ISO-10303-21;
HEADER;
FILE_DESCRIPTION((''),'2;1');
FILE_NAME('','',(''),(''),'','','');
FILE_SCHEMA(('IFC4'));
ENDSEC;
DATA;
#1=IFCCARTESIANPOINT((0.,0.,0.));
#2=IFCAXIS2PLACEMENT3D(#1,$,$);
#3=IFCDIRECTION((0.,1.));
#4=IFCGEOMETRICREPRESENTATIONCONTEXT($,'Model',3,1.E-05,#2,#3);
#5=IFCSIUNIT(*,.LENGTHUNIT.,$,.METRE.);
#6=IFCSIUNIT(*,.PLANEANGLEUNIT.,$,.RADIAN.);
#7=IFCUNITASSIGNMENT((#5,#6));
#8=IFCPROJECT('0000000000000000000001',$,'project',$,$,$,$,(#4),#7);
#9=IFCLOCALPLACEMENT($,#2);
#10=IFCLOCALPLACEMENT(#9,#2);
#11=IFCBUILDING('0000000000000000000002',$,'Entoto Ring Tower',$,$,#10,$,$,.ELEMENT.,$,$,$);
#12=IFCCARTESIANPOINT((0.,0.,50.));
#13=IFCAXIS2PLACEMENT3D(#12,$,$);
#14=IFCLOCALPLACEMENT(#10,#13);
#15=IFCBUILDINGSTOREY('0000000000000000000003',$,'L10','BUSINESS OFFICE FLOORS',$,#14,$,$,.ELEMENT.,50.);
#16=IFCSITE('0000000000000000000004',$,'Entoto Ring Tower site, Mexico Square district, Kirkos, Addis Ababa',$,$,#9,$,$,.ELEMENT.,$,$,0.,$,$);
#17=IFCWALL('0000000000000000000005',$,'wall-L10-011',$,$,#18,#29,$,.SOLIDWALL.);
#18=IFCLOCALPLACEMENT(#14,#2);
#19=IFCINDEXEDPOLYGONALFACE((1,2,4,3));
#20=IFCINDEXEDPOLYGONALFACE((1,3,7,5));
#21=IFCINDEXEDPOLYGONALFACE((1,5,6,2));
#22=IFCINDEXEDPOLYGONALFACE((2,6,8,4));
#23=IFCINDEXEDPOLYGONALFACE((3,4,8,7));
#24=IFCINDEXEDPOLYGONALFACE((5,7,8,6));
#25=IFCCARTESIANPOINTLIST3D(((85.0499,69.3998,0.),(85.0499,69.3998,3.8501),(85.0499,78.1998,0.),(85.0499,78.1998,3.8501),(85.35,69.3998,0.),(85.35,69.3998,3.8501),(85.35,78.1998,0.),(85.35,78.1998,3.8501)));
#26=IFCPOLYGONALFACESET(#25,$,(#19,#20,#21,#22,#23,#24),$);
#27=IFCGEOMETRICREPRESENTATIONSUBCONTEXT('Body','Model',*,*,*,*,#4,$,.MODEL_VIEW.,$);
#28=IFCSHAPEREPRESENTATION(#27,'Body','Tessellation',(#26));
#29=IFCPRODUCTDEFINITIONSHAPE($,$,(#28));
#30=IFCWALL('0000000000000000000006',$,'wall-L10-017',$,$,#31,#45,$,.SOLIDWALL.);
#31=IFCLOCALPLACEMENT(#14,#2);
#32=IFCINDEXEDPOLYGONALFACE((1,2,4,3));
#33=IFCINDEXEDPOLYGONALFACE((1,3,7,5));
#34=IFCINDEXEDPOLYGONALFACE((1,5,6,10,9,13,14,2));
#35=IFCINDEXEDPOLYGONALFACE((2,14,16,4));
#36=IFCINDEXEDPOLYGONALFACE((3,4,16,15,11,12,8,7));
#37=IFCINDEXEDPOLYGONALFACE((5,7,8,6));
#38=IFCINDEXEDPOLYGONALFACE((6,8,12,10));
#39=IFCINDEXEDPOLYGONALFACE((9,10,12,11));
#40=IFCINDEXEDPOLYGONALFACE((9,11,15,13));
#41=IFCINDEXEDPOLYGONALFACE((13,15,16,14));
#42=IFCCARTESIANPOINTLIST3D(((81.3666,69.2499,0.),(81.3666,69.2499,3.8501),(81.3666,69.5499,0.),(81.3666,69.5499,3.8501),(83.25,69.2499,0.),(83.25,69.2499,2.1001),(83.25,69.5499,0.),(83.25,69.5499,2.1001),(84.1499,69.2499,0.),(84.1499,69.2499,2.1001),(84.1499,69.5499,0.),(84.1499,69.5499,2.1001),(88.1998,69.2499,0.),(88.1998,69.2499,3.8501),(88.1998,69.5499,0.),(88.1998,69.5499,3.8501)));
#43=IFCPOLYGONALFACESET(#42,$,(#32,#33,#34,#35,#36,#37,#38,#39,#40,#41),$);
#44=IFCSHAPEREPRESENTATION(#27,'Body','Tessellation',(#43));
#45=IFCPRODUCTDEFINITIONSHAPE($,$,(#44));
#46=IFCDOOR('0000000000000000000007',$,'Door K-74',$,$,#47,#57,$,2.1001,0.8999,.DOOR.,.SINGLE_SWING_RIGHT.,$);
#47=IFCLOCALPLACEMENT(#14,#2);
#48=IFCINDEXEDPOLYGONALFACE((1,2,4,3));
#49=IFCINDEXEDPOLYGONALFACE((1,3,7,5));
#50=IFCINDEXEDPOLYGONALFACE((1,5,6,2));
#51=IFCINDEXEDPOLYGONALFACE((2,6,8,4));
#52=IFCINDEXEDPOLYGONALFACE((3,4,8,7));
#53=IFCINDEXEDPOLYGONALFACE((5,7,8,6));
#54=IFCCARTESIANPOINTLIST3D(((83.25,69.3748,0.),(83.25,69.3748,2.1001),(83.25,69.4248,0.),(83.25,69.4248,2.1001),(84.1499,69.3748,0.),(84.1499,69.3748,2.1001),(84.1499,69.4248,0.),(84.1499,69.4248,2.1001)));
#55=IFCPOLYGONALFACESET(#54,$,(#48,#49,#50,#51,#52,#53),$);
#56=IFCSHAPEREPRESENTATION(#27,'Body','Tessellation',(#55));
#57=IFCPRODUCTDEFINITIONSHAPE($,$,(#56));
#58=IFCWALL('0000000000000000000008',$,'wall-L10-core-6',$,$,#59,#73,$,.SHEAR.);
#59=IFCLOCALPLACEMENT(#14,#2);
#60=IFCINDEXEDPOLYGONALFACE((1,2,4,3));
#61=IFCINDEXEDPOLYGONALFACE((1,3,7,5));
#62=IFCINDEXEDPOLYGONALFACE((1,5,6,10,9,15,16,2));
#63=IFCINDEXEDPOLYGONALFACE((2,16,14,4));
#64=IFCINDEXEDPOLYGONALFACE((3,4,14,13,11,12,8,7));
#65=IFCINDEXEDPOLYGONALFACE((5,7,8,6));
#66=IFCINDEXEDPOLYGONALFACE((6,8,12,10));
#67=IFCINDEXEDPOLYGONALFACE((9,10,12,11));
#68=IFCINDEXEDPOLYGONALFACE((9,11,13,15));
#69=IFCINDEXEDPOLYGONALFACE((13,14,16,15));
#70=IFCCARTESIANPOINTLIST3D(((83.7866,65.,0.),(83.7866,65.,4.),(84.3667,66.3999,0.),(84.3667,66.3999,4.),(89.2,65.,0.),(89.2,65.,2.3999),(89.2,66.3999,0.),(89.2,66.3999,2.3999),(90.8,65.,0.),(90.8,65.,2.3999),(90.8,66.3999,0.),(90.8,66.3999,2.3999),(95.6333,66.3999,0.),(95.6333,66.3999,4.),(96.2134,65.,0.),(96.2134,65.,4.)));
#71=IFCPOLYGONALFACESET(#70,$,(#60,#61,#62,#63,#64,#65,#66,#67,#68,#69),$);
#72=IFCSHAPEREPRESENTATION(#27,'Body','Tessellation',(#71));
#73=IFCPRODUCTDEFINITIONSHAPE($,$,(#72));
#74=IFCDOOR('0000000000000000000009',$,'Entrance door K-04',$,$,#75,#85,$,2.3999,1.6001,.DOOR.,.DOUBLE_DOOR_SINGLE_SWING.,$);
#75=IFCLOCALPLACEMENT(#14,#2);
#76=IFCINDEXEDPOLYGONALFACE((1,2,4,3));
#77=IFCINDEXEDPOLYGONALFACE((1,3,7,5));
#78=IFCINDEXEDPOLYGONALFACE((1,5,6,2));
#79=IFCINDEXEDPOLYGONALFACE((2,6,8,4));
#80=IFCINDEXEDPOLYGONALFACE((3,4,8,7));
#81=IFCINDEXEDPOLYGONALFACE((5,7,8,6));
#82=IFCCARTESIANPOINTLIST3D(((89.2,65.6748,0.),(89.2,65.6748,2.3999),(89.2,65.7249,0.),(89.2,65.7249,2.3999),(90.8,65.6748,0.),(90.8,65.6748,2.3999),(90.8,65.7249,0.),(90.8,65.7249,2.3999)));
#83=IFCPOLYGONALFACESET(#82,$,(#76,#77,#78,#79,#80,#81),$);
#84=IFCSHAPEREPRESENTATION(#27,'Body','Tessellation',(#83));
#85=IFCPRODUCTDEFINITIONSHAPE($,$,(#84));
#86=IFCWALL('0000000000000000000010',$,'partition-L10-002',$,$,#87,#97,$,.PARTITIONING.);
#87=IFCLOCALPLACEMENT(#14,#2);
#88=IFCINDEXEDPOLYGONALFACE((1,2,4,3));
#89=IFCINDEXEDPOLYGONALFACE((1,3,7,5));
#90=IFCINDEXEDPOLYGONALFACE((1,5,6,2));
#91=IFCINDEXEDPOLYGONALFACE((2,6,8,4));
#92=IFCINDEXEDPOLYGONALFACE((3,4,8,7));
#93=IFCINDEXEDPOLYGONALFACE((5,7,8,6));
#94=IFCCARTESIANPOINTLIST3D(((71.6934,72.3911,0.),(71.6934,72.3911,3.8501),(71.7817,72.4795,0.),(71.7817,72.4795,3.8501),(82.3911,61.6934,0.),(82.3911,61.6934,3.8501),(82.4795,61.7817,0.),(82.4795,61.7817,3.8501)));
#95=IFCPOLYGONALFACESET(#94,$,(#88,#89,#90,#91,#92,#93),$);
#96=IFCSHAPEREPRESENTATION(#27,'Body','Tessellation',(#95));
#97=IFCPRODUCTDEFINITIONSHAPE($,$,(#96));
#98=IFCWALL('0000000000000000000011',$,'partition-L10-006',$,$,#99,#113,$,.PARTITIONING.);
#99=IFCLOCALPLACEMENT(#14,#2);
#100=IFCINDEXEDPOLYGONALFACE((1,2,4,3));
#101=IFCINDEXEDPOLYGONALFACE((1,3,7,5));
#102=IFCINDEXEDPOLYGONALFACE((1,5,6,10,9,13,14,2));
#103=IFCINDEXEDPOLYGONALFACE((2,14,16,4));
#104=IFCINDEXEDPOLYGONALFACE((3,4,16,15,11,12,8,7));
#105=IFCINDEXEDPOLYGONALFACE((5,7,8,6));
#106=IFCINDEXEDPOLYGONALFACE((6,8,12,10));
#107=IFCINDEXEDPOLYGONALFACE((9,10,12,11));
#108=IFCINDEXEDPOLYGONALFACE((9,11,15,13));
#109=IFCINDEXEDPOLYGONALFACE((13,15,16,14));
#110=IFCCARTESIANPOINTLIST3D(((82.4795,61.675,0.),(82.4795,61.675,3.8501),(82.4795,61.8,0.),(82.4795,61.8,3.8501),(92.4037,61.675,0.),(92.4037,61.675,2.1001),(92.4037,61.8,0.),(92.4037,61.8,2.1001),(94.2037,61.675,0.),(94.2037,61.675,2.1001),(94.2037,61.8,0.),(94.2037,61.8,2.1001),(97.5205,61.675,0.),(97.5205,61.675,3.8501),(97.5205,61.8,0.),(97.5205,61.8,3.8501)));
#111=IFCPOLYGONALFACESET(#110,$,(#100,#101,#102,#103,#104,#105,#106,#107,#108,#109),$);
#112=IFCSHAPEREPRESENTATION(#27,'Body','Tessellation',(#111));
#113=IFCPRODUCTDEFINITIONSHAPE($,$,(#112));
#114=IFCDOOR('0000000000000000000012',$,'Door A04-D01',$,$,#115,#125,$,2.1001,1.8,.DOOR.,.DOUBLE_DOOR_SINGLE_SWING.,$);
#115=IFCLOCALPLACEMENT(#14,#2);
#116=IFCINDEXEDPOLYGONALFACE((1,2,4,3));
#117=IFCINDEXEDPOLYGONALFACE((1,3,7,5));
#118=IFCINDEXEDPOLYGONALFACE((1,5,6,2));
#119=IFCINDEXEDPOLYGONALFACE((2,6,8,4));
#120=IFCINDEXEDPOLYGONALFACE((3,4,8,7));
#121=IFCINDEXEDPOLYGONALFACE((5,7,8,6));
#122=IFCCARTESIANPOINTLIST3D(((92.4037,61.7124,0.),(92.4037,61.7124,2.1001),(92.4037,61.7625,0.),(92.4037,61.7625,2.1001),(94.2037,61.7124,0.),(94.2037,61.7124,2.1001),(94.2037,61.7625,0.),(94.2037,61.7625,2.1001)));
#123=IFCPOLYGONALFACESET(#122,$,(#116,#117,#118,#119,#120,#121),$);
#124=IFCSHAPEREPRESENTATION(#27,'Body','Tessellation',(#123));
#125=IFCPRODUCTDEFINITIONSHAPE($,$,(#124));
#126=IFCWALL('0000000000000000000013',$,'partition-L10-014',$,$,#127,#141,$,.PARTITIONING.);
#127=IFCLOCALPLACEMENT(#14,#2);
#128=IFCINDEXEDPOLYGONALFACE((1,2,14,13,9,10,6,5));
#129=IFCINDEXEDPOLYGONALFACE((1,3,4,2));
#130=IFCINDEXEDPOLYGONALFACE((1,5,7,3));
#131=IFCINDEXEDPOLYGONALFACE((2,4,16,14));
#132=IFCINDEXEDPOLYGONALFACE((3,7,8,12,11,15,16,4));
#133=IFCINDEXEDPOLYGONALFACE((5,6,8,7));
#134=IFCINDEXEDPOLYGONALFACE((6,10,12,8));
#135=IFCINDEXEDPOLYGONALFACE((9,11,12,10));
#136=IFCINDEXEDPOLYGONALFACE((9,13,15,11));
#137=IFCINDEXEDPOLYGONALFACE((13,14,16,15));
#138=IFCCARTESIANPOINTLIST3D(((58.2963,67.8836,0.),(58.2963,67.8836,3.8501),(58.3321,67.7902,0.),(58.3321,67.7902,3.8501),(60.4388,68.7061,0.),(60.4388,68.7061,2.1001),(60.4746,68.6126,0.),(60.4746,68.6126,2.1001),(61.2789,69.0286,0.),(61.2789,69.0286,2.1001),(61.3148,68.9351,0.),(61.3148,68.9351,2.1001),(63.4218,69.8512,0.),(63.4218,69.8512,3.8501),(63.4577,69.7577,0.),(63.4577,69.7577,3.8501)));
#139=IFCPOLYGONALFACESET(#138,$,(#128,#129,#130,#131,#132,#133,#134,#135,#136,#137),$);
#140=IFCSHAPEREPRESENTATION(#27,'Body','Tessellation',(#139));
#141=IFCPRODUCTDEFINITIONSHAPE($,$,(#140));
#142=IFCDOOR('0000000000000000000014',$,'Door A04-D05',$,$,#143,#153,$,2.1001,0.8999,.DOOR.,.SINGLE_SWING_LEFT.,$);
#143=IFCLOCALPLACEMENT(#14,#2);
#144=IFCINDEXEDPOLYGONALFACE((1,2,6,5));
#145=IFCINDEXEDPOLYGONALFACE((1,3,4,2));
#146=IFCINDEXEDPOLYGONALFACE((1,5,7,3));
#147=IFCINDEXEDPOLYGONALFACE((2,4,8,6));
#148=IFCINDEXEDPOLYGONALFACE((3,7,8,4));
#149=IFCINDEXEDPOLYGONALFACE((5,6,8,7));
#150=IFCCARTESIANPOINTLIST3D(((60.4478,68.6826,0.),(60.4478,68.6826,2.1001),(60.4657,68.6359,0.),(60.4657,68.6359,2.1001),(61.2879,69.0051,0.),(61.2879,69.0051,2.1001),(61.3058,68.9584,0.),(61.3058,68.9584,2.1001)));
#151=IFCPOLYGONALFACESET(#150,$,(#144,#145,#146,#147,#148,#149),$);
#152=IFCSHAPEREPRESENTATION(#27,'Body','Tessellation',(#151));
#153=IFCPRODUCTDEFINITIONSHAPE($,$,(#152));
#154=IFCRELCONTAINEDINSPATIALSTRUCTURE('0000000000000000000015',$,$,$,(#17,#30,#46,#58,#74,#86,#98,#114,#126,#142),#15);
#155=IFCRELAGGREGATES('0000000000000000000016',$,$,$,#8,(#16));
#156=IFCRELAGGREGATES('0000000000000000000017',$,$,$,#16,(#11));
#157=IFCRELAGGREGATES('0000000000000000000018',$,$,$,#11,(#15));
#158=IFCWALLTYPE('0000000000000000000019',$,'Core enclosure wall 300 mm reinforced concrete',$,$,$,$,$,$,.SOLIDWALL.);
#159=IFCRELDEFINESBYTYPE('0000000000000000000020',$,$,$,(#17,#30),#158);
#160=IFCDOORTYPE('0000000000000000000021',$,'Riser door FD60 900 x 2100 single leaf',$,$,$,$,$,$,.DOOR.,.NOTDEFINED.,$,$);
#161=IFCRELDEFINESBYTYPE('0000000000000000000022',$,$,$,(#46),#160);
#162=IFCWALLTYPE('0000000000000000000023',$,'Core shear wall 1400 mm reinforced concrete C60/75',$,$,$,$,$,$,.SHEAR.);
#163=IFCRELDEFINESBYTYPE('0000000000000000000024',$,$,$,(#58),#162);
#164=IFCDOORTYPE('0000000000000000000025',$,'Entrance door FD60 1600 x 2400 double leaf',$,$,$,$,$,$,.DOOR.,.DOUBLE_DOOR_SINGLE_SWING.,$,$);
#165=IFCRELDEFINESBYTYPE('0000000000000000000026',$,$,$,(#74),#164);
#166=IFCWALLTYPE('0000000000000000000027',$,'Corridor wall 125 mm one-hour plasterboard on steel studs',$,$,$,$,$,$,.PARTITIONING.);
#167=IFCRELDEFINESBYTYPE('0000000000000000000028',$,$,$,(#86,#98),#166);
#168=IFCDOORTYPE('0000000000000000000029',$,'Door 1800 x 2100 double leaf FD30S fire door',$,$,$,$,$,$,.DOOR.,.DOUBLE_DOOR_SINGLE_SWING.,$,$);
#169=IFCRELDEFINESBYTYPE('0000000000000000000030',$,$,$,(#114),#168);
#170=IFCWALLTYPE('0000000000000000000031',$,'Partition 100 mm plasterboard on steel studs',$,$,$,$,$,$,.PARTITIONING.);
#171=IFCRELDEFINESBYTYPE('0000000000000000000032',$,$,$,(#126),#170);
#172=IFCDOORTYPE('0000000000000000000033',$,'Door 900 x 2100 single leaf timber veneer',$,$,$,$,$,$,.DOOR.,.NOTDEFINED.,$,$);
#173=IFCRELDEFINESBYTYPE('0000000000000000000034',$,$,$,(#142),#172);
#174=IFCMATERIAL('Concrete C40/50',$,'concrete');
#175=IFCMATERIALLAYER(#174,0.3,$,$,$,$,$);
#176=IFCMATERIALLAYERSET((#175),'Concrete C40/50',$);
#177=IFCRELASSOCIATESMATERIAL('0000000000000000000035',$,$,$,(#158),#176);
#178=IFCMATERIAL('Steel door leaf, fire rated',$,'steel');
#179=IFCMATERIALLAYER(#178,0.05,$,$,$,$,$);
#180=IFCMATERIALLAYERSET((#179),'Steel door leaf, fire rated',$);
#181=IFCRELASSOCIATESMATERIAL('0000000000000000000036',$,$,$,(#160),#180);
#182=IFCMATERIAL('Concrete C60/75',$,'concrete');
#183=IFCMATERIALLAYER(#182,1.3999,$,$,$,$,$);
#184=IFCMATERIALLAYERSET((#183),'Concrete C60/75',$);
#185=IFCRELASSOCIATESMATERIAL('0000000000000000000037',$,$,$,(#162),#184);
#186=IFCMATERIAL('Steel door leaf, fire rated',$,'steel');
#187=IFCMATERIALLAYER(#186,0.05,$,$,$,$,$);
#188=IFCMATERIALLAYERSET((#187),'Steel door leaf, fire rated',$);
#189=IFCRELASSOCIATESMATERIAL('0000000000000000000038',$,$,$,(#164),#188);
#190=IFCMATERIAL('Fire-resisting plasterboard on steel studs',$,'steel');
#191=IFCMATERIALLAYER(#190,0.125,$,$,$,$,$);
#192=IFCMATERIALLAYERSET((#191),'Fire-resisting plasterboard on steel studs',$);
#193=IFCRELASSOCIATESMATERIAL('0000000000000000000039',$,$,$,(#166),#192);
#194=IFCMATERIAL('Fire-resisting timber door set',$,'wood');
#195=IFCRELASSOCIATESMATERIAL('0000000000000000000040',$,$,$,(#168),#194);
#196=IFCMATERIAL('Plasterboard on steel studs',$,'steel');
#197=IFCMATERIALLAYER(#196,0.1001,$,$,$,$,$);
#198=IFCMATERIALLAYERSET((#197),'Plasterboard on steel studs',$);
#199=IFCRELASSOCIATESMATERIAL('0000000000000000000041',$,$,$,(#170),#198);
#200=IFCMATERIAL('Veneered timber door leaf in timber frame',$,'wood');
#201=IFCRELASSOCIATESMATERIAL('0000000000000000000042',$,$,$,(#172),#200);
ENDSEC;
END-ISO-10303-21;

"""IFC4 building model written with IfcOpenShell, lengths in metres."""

from ifc_helpers import new_model, si_unit, direction, frame, frame_2d, origin, place, context, subcontext, project, spatial, polyline, rectangle, outline, extrude, material, layer, layer_set, type_object, element, fill, save


model = new_model("IFC4")

# Units and contexts
model_context = context("Model", 3, precision=1e-05, world=origin(), true_north=direction((0.0, 1.0)))
body_context = subcontext(model_context, "Body", "Model", "MODEL_VIEW")
ifc_project = project(units=[si_unit("LENGTHUNIT", "METRE"), si_unit("PLANEANGLEUNIT", "RADIAN")], contexts=[model_context])

# Site, building, storey
site_placement = place(None, origin())
site = spatial("IfcSite", under=ifc_project, at=site_placement, Name="Entoto Ring Tower site, Mexico Square district, Kirkos, Addis Ababa", CompositionType="ELEMENT", RefElevation=0.0)
building_placement = place(site_placement, origin())
building = spatial("IfcBuilding", under=site, at=building_placement, Name="Entoto Ring Tower", CompositionType="ELEMENT")
storey_placement = place(building_placement, frame((0.0, 0.0, 50.0)))
storey = spatial("IfcBuildingStorey", under=building, at=storey_placement, Name="L10", Description="BUSINESS OFFICE FLOORS", CompositionType="ELEMENT", Elevation=50.0)

# Wall
ifc_material_1 = material(Name="Concrete C40/50", Category="concrete")
ifc_layer_1 = layer(ifc_material_1, 0.3)
ifc_layer_set_1 = layer_set([ifc_layer_1], Name="Concrete C40/50")
wall_type_1 = type_object("IfcWallType", Name="Core enclosure wall 300 mm reinforced concrete", PredefinedType="SOLIDWALL", material=ifc_layer_set_1)
wall_1_placement = place(storey_placement, frame((85.2, 69.3999, 0.0), z_axis=(0.0, 0.0, 1.0), x_axis=(0.0, 1.0, 0.0)))
element("IfcWall", 1, at=wall_1_placement, inside=storey, type_object=wall_type_1, Name="wall-L10-011", PredefinedType="SOLIDWALL", context=body_context, shape_type="SweptSolid", body=[
    extrude(rectangle(XDim=8.8, YDim=0.3, at=frame_2d((4.3999, 0.0))), origin(), (0.0, 0.0, 1.0), 3.8501),
])

# Walls, openings, doors
wall_2_placement = place(storey_placement, frame((81.3667, 69.3999, 0.0), z_axis=(0.0, 0.0, 1.0), x_axis=(1.0, 0.0, 0.0)))
wall_2 = element("IfcWall", 2, at=wall_2_placement, inside=storey, type_object=wall_type_1, Name="wall-L10-017", PredefinedType="SOLIDWALL", context=body_context, shape_type="SweptSolid", body=[
    extrude(rectangle(XDim=6.8333, YDim=0.3, at=frame_2d((3.4165, 0.0))), origin(), (0.0, 0.0, 1.0), 3.8501),
])
opening_1_placement = place(wall_2_placement, frame((1.8833, 0.0, 0.0)))
opening_1 = element("IfcOpeningElement", 3, at=opening_1_placement, cuts=wall_2, PredefinedType="OPENING", context=body_context, shape_type="SweptSolid", body=[
    extrude(rectangle(XDim=0.8999, YDim=2.1001, at=frame_2d((0.45, 1.05))), frame((0.0, 0.1602, 0.0), z_axis=(0.0, -1.0, 0.0), x_axis=(1.0, 0.0, 0.0)), (0.0, 0.0, 1.0), 0.3201),
])
ifc_material_2 = material(Name="Steel door leaf, fire rated", Category="steel")
ifc_layer_2 = layer(ifc_material_2, 0.05)
ifc_layer_set_2 = layer_set([ifc_layer_2], Name="Steel door leaf, fire rated")
door_type_1 = type_object("IfcDoorType", Name="Riser door FD60 900 x 2100 single leaf", OperationType="NOTDEFINED", PredefinedType="DOOR", material=ifc_layer_set_2)
door_1_placement = place(opening_1_placement, origin())
door_1 = element("IfcDoor", 4, at=door_1_placement, inside=storey, type_object=door_type_1, Name="Door K-74", OperationType="SINGLE_SWING_RIGHT", OverallHeight=2.1001, OverallWidth=0.8999, PredefinedType="DOOR", context=body_context, shape_type="SweptSolid", body=[
    extrude(rectangle(XDim=0.8999, YDim=2.1001, at=frame_2d((0.45, 1.05))), frame((0.0, 0.0249, 0.0), z_axis=(0.0, -1.0, 0.0), x_axis=(1.0, 0.0, 0.0)), (0.0, 0.0, 1.0), 0.05),
])
fill(opening_1, door_1)
ifc_material_3 = material(Name="Concrete C60/75", Category="concrete")
ifc_layer_3 = layer(ifc_material_3, 1.3999)
ifc_layer_set_3 = layer_set([ifc_layer_3], Name="Concrete C60/75")
wall_type_2 = type_object("IfcWallType", Name="Core shear wall 1400 mm reinforced concrete C60/75", PredefinedType="SHEAR", material=ifc_layer_set_3)
wall_3_placement = place(storey_placement, frame((84.0767, 65.7, 0.0), z_axis=(0.0, 0.0, 1.0), x_axis=(1.0, 0.0, 0.0)))
wall_3 = element("IfcWall", 5, at=wall_3_placement, inside=storey, type_object=wall_type_2, Name="wall-L10-core-6", PredefinedType="SHEAR", context=body_context, shape_type="SweptSolid", body=[
    extrude(outline(polyline([(-0.29, -0.7), (12.1367, -0.7), (11.5566, 0.7), (0.29, 0.7), (-0.29, -0.7)])), origin(), (0.0, 0.0, 1.0), 4.0),
])
opening_2_placement = place(wall_3_placement, frame((5.1233, 0.0, 0.0)))
opening_2 = element("IfcOpeningElement", 6, at=opening_2_placement, cuts=wall_3, PredefinedType="OPENING", context=body_context, shape_type="SweptSolid", body=[
    extrude(rectangle(XDim=1.6001, YDim=2.3999, at=frame_2d((0.8, 1.2))), frame((0.0, 0.71, 0.0), z_axis=(0.0, -1.0, 0.0), x_axis=(1.0, 0.0, 0.0)), (0.0, 0.0, 1.0), 1.4199),
])
ifc_material_4 = material(Name="Steel door leaf, fire rated", Category="steel")
ifc_layer_4 = layer(ifc_material_4, 0.05)
ifc_layer_set_4 = layer_set([ifc_layer_4], Name="Steel door leaf, fire rated")
door_type_2 = type_object("IfcDoorType", Name="Entrance door FD60 1600 x 2400 double leaf", OperationType="DOUBLE_DOOR_SINGLE_SWING", PredefinedType="DOOR", material=ifc_layer_set_4)
door_2_placement = place(opening_2_placement, origin())
door_2 = element("IfcDoor", 7, at=door_2_placement, inside=storey, type_object=door_type_2, Name="Entrance door K-04", OperationType="DOUBLE_DOOR_SINGLE_SWING", OverallHeight=2.3999, OverallWidth=1.6001, PredefinedType="DOOR", context=body_context, shape_type="SweptSolid", body=[
    extrude(rectangle(XDim=1.6001, YDim=2.3999, at=frame_2d((0.8, 1.2))), frame((0.0, 0.0249, 0.0), z_axis=(0.0, -1.0, 0.0), x_axis=(1.0, 0.0, 0.0)), (0.0, 0.0, 1.0), 0.05),
])
fill(opening_2, door_2)

# Wall
ifc_material_5 = material(Name="Fire-resisting plasterboard on steel studs", Category="steel")
ifc_layer_5 = layer(ifc_material_5, 0.125)
ifc_layer_set_5 = layer_set([ifc_layer_5], Name="Fire-resisting plasterboard on steel studs")
wall_type_3 = type_object("IfcWallType", Name="Corridor wall 125 mm one-hour plasterboard on steel studs", PredefinedType="PARTITIONING", material=ifc_layer_set_5)
wall_4_placement = place(storey_placement, frame((82.4353, 61.7375, 0.0), z_axis=(0.0, 0.0, 1.0), x_axis=(-0.707107, 0.707107, 0.0)))
element("IfcWall", 8, at=wall_4_placement, inside=storey, type_object=wall_type_3, Name="partition-L10-002", PredefinedType="PARTITIONING", context=body_context, shape_type="SweptSolid", body=[
    extrude(rectangle(XDim=15.1289, YDim=0.125, at=frame_2d((7.5645, 0.0))), origin(), (0.0, 0.0, 1.0), 3.8501),
])

# Walls, openings, doors
wall_5_placement = place(storey_placement, frame((82.4795, 61.7375, 0.0), z_axis=(0.0, 0.0, 1.0), x_axis=(1.0, 0.0, 0.0)))
wall_5 = element("IfcWall", 9, at=wall_5_placement, inside=storey, type_object=wall_type_3, Name="partition-L10-006", PredefinedType="PARTITIONING", context=body_context, shape_type="SweptSolid", body=[
    extrude(rectangle(XDim=15.041, YDim=0.125, at=frame_2d((7.5205, 0.0))), origin(), (0.0, 0.0, 1.0), 3.8501),
])
opening_3_placement = place(wall_5_placement, frame((9.9243, 0.0, 0.0)))
opening_3 = element("IfcOpeningElement", 10, at=opening_3_placement, cuts=wall_5, PredefinedType="OPENING", context=body_context, shape_type="SweptSolid", body=[
    extrude(rectangle(XDim=1.8, YDim=2.1001, at=frame_2d((0.8999, 1.05))), frame((0.0, 0.0725, 0.0), z_axis=(0.0, -1.0, 0.0), x_axis=(1.0, 0.0, 0.0)), (0.0, 0.0, 1.0), 0.145),
])
ifc_material_6 = material(Name="Fire-resisting timber door set", Category="wood")
door_type_3 = type_object("IfcDoorType", Name="Door 1800 x 2100 double leaf FD30S fire door", OperationType="DOUBLE_DOOR_SINGLE_SWING", PredefinedType="DOOR", material=ifc_material_6)
door_3_placement = place(opening_3_placement, origin())
door_3 = element("IfcDoor", 11, at=door_3_placement, inside=storey, type_object=door_type_3, Name="Door A04-D01", OperationType="DOUBLE_DOOR_SINGLE_SWING", OverallHeight=2.1001, OverallWidth=1.8, PredefinedType="DOOR", context=body_context, shape_type="SweptSolid", body=[
    extrude(rectangle(XDim=1.8, YDim=2.1001, at=frame_2d((0.8999, 1.05))), frame((0.0, 0.0249, 0.0), z_axis=(0.0, -1.0, 0.0), x_axis=(1.0, 0.0, 0.0)), (0.0, 0.0, 1.0), 0.05),
])
fill(opening_3, door_3)
ifc_material_7 = material(Name="Plasterboard on steel studs", Category="steel")
ifc_layer_6 = layer(ifc_material_7, 0.1001)
ifc_layer_set_6 = layer_set([ifc_layer_6], Name="Plasterboard on steel studs")
wall_type_4 = type_object("IfcWallType", Name="Partition 100 mm plasterboard on steel studs", PredefinedType="PARTITIONING", material=ifc_layer_set_6)
wall_6_placement = place(storey_placement, frame((58.3142, 67.8369, 0.0), z_axis=(0.0, 0.0, 1.0), x_axis=(0.933578, 0.358374, 0.0)))
wall_6 = element("IfcWall", 12, at=wall_6_placement, inside=storey, type_object=wall_type_4, Name="partition-L10-014", PredefinedType="PARTITIONING", context=body_context, shape_type="SweptSolid", body=[
    extrude(rectangle(XDim=5.4902, YDim=0.1001, at=frame_2d((2.7451, 0.0))), origin(), (0.0, 0.0, 1.0), 3.8501),
])
opening_4_placement = place(wall_6_placement, frame((2.2949, 0.0, 0.0)))
opening_4 = element("IfcOpeningElement", 13, at=opening_4_placement, cuts=wall_6, PredefinedType="OPENING", context=body_context, shape_type="SweptSolid", body=[
    extrude(rectangle(XDim=0.8999, YDim=2.1001, at=frame_2d((0.45, 1.05))), frame((0.0, 0.0601, 0.0), z_axis=(0.0, -1.0, 0.0), x_axis=(1.0, 0.0, 0.0)), (0.0, 0.0, 1.0), 0.1201),
])
ifc_material_8 = material(Name="Veneered timber door leaf in timber frame", Category="wood")
door_type_4 = type_object("IfcDoorType", Name="Door 900 x 2100 single leaf timber veneer", OperationType="NOTDEFINED", PredefinedType="DOOR", material=ifc_material_8)
door_4_placement = place(opening_4_placement, origin())
door_4 = element("IfcDoor", 14, at=door_4_placement, inside=storey, type_object=door_type_4, Name="Door A04-D05", OperationType="SINGLE_SWING_LEFT", OverallHeight=2.1001, OverallWidth=0.8999, PredefinedType="DOOR", context=body_context, shape_type="SweptSolid", body=[
    extrude(rectangle(XDim=0.8999, YDim=2.1001, at=frame_2d((0.45, 1.05))), frame((0.0, 0.0249, 0.0), z_axis=(0.0, -1.0, 0.0), x_axis=(1.0, 0.0, 0.0)), (0.0, 0.0, 1.0), 0.05),
])
fill(opening_4, door_4)

save(model, "model.ifc")
